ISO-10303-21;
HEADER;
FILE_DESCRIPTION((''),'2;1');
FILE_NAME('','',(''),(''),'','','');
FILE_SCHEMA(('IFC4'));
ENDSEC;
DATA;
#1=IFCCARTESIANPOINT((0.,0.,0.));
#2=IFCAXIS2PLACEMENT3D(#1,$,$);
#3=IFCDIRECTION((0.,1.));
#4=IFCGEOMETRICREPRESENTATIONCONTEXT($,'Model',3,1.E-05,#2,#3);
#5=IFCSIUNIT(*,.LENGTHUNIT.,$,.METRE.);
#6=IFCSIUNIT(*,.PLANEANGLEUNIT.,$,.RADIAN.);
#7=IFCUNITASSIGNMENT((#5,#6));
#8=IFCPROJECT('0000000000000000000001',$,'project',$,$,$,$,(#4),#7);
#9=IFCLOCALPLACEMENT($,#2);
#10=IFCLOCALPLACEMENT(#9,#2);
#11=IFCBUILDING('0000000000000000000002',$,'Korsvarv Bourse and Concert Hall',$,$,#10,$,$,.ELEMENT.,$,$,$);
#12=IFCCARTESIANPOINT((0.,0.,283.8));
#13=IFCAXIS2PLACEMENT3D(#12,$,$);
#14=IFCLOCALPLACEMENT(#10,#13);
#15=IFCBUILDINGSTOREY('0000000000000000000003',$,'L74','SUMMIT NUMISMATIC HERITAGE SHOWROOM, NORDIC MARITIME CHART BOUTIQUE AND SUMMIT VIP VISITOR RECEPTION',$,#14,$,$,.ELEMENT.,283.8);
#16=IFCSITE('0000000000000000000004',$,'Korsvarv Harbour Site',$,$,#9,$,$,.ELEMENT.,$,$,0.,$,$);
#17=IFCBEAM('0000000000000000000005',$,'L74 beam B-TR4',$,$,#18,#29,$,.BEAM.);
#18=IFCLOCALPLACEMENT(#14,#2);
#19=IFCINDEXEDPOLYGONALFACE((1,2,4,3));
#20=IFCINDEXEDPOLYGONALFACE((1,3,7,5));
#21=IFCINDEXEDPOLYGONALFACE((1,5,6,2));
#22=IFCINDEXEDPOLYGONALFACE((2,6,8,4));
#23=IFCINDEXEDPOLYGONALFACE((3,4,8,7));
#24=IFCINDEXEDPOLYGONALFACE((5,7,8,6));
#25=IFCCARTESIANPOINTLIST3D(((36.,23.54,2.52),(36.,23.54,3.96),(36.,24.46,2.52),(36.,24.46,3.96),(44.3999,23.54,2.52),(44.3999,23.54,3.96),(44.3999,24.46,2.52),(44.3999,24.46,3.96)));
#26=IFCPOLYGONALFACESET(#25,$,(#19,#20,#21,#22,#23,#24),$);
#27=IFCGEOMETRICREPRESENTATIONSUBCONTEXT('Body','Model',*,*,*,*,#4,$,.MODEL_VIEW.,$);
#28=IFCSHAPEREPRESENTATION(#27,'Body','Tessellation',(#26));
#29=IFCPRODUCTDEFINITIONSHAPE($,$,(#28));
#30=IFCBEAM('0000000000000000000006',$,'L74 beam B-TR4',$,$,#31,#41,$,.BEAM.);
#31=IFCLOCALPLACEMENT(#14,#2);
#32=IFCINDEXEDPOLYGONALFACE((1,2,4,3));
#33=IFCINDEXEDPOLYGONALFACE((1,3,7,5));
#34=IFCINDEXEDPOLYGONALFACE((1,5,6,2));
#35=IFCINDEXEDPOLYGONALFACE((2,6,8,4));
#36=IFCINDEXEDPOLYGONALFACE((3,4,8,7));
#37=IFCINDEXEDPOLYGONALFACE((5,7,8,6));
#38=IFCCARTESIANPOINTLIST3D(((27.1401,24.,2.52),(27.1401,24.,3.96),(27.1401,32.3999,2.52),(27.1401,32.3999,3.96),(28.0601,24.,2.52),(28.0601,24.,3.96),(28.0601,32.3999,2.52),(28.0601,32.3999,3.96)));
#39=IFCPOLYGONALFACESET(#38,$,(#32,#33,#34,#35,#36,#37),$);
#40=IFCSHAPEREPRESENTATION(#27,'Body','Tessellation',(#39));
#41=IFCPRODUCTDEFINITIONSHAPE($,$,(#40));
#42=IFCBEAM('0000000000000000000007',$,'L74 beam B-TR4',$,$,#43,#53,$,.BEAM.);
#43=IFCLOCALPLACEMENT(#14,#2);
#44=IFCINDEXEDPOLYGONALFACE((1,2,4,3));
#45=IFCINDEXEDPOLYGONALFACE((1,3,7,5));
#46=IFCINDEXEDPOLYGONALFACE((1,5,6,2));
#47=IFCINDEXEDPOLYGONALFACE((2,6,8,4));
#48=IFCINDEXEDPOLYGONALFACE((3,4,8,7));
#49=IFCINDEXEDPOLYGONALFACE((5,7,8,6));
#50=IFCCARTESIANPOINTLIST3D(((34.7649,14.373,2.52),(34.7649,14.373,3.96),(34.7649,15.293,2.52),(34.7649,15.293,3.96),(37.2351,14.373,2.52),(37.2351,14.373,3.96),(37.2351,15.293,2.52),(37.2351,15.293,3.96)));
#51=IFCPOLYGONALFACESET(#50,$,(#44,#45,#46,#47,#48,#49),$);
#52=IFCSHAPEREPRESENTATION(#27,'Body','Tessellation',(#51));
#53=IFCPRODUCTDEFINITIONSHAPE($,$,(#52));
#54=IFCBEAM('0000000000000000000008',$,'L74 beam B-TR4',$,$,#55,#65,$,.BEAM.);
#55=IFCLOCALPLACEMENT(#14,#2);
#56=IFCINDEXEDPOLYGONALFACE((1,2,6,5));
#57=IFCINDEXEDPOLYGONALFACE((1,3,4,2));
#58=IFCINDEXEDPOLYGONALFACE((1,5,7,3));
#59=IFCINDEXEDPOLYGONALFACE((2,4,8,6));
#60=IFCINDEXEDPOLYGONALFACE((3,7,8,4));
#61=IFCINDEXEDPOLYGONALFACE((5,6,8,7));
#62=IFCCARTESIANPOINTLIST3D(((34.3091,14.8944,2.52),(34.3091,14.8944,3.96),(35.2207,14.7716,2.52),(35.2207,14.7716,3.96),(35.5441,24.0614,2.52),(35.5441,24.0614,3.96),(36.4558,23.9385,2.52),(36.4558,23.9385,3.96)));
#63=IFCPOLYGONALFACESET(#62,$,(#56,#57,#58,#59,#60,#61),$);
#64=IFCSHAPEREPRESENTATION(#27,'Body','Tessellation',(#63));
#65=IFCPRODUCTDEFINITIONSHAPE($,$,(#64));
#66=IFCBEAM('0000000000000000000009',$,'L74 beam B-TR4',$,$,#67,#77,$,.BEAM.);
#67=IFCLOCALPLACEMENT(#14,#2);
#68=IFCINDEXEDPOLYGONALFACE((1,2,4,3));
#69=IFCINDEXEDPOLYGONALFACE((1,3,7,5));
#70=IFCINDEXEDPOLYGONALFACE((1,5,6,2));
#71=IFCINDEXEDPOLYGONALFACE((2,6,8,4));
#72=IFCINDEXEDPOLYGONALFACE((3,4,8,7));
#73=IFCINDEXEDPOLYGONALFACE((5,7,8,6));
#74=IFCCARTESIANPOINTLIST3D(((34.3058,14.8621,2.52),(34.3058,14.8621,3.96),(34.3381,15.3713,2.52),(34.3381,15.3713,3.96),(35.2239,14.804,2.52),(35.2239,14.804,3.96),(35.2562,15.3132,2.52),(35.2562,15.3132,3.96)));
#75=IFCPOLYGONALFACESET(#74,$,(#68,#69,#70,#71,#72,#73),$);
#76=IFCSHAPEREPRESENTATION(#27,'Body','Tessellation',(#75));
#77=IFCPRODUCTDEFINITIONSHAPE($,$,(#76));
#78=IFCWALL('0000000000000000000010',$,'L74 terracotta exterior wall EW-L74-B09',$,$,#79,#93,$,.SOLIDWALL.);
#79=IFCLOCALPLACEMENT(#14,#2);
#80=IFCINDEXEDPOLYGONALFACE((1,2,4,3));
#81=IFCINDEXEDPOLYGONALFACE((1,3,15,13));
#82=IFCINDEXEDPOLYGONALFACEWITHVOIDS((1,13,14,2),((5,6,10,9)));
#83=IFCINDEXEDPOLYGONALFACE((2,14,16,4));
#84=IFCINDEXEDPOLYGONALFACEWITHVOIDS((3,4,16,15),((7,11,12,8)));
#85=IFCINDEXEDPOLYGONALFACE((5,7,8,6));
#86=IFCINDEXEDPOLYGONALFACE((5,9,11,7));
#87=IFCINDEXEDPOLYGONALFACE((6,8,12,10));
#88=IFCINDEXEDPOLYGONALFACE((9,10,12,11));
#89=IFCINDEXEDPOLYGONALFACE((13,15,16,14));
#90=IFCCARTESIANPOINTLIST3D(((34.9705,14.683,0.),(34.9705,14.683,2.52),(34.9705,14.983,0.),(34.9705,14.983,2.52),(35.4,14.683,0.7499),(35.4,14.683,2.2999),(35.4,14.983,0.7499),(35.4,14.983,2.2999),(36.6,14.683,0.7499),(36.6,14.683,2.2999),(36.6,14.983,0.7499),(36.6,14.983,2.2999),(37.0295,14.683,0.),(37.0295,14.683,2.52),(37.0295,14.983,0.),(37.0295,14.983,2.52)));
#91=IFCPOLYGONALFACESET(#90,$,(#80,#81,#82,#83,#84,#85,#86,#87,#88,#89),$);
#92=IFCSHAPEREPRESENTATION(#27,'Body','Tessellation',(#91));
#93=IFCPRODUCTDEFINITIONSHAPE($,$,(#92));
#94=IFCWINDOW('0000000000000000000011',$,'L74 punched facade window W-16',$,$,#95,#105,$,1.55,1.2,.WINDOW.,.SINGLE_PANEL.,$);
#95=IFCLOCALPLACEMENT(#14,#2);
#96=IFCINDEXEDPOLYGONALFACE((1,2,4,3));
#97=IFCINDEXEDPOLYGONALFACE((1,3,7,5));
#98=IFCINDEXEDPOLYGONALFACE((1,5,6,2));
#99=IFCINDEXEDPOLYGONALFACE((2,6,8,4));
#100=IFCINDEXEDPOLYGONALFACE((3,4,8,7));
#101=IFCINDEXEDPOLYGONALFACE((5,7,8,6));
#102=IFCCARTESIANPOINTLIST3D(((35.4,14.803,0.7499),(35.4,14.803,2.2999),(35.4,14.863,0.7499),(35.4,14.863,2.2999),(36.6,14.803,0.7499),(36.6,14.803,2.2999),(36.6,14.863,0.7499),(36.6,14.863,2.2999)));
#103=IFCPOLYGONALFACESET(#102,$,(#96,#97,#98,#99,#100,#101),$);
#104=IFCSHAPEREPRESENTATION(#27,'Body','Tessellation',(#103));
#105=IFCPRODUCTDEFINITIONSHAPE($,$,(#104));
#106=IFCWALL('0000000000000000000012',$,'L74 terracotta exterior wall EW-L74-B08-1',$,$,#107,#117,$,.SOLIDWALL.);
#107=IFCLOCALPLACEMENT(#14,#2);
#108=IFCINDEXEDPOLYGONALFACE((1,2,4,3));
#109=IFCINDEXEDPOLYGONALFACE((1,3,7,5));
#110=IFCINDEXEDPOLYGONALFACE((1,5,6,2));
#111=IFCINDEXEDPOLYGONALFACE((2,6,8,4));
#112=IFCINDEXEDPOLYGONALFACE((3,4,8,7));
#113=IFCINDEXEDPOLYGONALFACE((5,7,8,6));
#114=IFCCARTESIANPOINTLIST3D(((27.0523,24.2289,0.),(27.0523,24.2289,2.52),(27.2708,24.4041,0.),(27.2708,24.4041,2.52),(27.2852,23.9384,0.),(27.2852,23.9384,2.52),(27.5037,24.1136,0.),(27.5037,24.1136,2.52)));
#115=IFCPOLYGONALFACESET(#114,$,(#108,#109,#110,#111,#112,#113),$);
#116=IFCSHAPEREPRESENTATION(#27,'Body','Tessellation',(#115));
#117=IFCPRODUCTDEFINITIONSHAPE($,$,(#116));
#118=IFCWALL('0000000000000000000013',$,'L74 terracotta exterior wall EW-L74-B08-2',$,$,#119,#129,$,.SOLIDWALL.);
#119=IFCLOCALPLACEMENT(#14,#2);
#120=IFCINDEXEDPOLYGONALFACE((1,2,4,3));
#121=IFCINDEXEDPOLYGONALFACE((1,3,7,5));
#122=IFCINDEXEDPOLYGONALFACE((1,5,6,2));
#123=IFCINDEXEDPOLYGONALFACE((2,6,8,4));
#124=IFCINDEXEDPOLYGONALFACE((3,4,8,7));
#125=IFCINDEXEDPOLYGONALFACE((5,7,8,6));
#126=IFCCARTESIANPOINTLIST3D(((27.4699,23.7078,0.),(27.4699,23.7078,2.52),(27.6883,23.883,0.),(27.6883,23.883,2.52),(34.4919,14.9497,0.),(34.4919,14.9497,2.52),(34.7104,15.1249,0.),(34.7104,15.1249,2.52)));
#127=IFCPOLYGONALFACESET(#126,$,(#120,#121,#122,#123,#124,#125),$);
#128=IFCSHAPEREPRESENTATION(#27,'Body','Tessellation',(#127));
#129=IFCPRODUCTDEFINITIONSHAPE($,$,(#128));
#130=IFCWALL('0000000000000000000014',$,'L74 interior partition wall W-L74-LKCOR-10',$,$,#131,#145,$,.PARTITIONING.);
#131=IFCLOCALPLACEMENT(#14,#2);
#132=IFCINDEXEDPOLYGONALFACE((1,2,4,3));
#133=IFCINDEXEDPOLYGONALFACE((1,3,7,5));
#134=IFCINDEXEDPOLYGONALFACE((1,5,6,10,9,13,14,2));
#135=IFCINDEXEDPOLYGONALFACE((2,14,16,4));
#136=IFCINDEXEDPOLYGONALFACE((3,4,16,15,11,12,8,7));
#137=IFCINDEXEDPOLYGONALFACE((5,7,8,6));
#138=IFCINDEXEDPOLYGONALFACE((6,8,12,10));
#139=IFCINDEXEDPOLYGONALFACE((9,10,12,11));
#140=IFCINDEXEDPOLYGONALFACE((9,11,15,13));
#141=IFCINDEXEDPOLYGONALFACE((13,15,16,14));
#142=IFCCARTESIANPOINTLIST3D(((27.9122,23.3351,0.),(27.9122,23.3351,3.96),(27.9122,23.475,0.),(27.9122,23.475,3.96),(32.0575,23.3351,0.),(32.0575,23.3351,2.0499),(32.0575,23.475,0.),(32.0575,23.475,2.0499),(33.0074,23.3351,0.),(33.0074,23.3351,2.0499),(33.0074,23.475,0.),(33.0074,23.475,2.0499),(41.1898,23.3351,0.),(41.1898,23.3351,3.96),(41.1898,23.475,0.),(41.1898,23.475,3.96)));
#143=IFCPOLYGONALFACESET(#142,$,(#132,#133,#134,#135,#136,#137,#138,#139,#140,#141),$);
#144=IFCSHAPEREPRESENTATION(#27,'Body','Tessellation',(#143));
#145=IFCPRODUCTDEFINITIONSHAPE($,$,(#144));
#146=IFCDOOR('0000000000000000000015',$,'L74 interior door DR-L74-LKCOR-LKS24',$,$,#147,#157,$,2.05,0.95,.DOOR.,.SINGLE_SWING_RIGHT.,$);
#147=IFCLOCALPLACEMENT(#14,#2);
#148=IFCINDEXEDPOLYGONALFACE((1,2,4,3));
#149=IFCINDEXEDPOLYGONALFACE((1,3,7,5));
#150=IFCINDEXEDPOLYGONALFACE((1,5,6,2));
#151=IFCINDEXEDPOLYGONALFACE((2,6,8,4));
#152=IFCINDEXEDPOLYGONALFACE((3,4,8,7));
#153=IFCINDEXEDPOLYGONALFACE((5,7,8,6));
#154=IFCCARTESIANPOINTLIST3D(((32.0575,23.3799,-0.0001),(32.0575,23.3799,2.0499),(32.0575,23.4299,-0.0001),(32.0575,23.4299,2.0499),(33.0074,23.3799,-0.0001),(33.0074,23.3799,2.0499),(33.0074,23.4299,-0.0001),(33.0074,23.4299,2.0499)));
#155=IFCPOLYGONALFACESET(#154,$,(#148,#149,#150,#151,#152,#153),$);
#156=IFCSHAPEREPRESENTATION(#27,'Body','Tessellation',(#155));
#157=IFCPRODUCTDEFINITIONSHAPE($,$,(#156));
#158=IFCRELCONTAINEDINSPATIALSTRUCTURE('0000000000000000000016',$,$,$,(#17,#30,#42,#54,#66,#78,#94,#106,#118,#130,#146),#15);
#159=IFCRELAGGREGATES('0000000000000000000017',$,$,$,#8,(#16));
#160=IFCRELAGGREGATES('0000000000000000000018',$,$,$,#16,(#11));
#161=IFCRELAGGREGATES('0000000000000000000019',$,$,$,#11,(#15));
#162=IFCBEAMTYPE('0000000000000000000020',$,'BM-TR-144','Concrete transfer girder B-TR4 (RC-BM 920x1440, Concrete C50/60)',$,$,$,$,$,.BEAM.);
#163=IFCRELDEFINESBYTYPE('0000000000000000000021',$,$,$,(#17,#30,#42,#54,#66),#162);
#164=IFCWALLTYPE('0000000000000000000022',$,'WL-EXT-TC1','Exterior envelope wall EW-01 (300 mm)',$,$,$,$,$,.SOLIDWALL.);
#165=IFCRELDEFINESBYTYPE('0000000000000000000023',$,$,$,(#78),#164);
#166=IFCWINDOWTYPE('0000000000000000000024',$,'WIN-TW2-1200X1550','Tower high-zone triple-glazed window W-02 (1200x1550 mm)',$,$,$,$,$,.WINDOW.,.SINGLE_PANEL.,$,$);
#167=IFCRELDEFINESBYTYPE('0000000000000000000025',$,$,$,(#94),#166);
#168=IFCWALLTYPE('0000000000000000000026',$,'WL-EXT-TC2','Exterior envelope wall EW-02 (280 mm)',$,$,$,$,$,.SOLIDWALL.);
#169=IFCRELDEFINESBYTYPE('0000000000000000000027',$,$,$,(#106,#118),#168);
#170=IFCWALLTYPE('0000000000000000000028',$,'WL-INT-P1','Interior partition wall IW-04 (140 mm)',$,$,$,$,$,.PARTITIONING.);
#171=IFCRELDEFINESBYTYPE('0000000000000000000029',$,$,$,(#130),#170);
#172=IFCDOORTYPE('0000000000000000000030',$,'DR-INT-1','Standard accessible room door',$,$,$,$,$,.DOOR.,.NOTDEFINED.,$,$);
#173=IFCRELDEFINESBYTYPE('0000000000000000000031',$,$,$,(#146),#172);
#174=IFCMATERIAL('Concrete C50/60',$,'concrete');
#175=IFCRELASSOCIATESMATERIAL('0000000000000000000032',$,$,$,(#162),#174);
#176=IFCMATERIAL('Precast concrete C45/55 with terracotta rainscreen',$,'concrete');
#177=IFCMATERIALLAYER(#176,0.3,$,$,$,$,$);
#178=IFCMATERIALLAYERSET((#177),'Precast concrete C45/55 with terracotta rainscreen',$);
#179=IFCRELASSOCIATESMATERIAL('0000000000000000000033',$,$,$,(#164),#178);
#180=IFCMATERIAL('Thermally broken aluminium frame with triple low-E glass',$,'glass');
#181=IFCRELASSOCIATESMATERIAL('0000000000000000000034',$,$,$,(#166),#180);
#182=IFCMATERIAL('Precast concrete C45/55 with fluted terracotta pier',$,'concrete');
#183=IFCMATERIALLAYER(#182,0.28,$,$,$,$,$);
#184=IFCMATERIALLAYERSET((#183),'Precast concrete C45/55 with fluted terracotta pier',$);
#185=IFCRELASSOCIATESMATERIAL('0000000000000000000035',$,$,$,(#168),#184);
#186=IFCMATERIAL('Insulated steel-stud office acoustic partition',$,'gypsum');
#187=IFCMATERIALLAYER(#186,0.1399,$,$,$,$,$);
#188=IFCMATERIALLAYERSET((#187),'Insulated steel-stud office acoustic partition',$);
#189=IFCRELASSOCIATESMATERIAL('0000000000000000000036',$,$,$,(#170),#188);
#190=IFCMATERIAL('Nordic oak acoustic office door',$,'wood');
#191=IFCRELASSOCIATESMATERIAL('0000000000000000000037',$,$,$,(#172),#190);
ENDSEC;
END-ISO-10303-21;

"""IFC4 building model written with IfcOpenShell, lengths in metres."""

from ifc_helpers import new_model, si_unit, direction, frame, frame_2d, origin, origin_2d, place, context, subcontext, project, spatial, rectangle, extrude, source, transform, mapped, material, layer, layer_set, material_profile, profile_set, type_object, element, fill, save


model = new_model("IFC4")

# Units and contexts
model_context = context("Model", 3, precision=1e-05, world=origin(), true_north=direction((0.0, 1.0)))
body_context = subcontext(model_context, "Body", "Model", "MODEL_VIEW")
ifc_project = project(units=[si_unit("LENGTHUNIT", "METRE"), si_unit("PLANEANGLEUNIT", "RADIAN")], contexts=[model_context])

# Site, building, storey
site_placement = place(None, origin())
site = spatial("IfcSite", under=ifc_project, at=site_placement, Name="Korsvarv Harbour Site", CompositionType="ELEMENT", RefElevation=0.0)
building_placement = place(site_placement, origin())
building = spatial("IfcBuilding", under=site, at=building_placement, Name="Korsvarv Bourse and Concert Hall", CompositionType="ELEMENT")
storey_placement = place(building_placement, frame((0.0, 0.0, 283.8)))
storey = spatial("IfcBuildingStorey", under=building, at=storey_placement, Name="L74", Description="SUMMIT NUMISMATIC HERITAGE SHOWROOM, NORDIC MARITIME CHART BOUTIQUE AND SUMMIT VIP VISITOR RECEPTION", CompositionType="ELEMENT", Elevation=283.8)

# Beams
ifc_material_1 = material(Name="Concrete C50/60", Category="concrete")
ifc_material_profile_1 = material_profile(ifc_material_1, rectangle(XDim=0.9199, YDim=1.4399, at=origin_2d()), Name="RC-BM 920x1440")
ifc_profile_set_1 = profile_set([ifc_material_profile_1], Name="Concrete C50/60")
beam_type = type_object("IfcBeamType", Name="BM-TR-144", Description="Concrete transfer girder B-TR4 (RC-BM 920x1440, Concrete C50/60)", PredefinedType="BEAM", material=ifc_profile_set_1)
shared_shape_1 = source(origin(), body_context, "Body", "SweptSolid", [
    extrude(rectangle(XDim=0.9199, YDim=1.4399, at=origin_2d()), origin(), (0.0, 0.0, 1.0), 8.3999),
])
for number, where, z_axis, x_axis, name in (
    (1, (36.0, 24.0, 3.24), (1.0, 0.0, 0.0), (0.0, 1.0, 0.0), "L74 beam B-TR4"),
    (2, (27.6001, 24.0, 3.24), (0.0, 1.0, 0.0), (-1.0, 0.0, 0.0), "L74 beam B-TR4"),
):
    element("IfcBeam", number, at=place(storey_placement, frame(where, z_axis=z_axis, x_axis=x_axis)), inside=storey, type_object=beam_type, Name=name, PredefinedType="BEAM", context=body_context, shape_type="MappedRepresentation", body=[
        mapped(shared_shape_1, transform((0.0, 0.0, 0.0), scale=1.0)),
    ])
shared_shape_2 = source(origin(), body_context, "Body", "SweptSolid", [
    extrude(rectangle(XDim=0.9199, YDim=1.4399, at=origin_2d()), origin(), (0.0, 0.0, 1.0), 2.4702),
])
beam_1_placement = place(storey_placement, frame((34.7649, 14.833, 3.24), z_axis=(1.0, 0.0, 0.0), x_axis=(0.0, 1.0, 0.0)))
element("IfcBeam", 3, at=beam_1_placement, inside=storey, type_object=beam_type, Name="L74 beam B-TR4", PredefinedType="BEAM", context=body_context, shape_type="MappedRepresentation", body=[
    mapped(shared_shape_2, transform((0.0, 0.0, 0.0), scale=1.0)),
])
shared_shape_3 = source(origin(), body_context, "Body", "SweptSolid", [
    extrude(rectangle(XDim=0.9199, YDim=1.4399, at=origin_2d()), origin(), (0.0, 0.0, 1.0), 9.2498),
])
beam_2_placement = place(storey_placement, frame((34.7649, 14.833, 3.24), z_axis=(0.133528, 0.991045, 0.0), x_axis=(-0.991045, 0.133528, 0.0)))
element("IfcBeam", 4, at=beam_2_placement, inside=storey, type_object=beam_type, Name="L74 beam B-TR4", PredefinedType="BEAM", context=body_context, shape_type="MappedRepresentation", body=[
    mapped(shared_shape_3, transform((0.0, 0.0, 0.0), scale=1.0)),
])
shared_shape_4 = source(origin(), body_context, "Body", "SweptSolid", [
    extrude(rectangle(XDim=0.9199, YDim=1.4399, at=origin_2d()), origin(), (0.0, 0.0, 1.0), 0.5103),
])
beam_3_placement = place(storey_placement, frame((34.7649, 14.833, 3.24), z_axis=(0.063153, 0.998004, 0.0), x_axis=(-0.998004, 0.063153, 0.0)))
element("IfcBeam", 5, at=beam_3_placement, inside=storey, type_object=beam_type, Name="L74 beam B-TR4", PredefinedType="BEAM", context=body_context, shape_type="MappedRepresentation", body=[
    mapped(shared_shape_4, transform((0.0, 0.0, 0.0), scale=1.0)),
])

# Wall, opening, window
ifc_material_2 = material(Name="Precast concrete C45/55 with terracotta rainscreen", Category="concrete")
ifc_layer_1 = layer(ifc_material_2, 0.3)
ifc_layer_set_1 = layer_set([ifc_layer_1], Name="Precast concrete C45/55 with terracotta rainscreen")
wall_type_1 = type_object("IfcWallType", Name="WL-EXT-TC1", Description="Exterior envelope wall EW-01 (300 mm)", PredefinedType="SOLIDWALL", material=ifc_layer_set_1)
wall_1_placement = place(storey_placement, frame((34.9705, 14.833, 0.0), z_axis=(0.0, 0.0, 1.0), x_axis=(1.0, 0.0, 0.0)))
wall_1 = element("IfcWall", 6, at=wall_1_placement, inside=storey, type_object=wall_type_1, Name="L74 terracotta exterior wall EW-L74-B09", PredefinedType="SOLIDWALL", context=body_context, shape_type="SweptSolid", body=[
    extrude(rectangle(XDim=2.0591, YDim=0.3, at=frame_2d((1.0295, 0.0))), origin(), (0.0, 0.0, 1.0), 2.52),
])
opening_1_placement = place(wall_1_placement, frame((0.4294, 0.0, 0.75)))
opening_1 = element("IfcOpeningElement", 7, at=opening_1_placement, cuts=wall_1, PredefinedType="OPENING", context=body_context, shape_type="SweptSolid", body=[
    extrude(rectangle(XDim=1.2, YDim=1.55, at=frame_2d((0.6001, 0.7749))), frame((0.0, 0.1602, 0.0), z_axis=(0.0, -1.0, 0.0), x_axis=(1.0, 0.0, 0.0)), (0.0, 0.0, 1.0), 0.3201),
])
ifc_material_3 = material(Name="Thermally broken aluminium frame with triple low-E glass", Category="glass")
window_type = type_object("IfcWindowType", Name="WIN-TW2-1200X1550", Description="Tower high-zone triple-glazed window W-02 (1200x1550 mm)", PartitioningType="SINGLE_PANEL", PredefinedType="WINDOW", material=ifc_material_3)
window_placement = place(opening_1_placement, origin())
window = element("IfcWindow", 8, at=window_placement, inside=storey, type_object=window_type, Name="L74 punched facade window W-16", OverallHeight=1.55, OverallWidth=1.2, PartitioningType="SINGLE_PANEL", PredefinedType="WINDOW", context=body_context, shape_type="SweptSolid", body=[
    extrude(rectangle(XDim=1.2, YDim=1.55, at=frame_2d((0.6001, 0.7749))), frame((0.0, 0.03, 0.0), z_axis=(0.0, -1.0, 0.0), x_axis=(1.0, 0.0, 0.0)), (0.0, 0.0, 1.0), 0.0601),
])
fill(opening_1, window)

# Walls
ifc_material_4 = material(Name="Precast concrete C45/55 with fluted terracotta pier", Category="concrete")
ifc_layer_2 = layer(ifc_material_4, 0.28)
ifc_layer_set_2 = layer_set([ifc_layer_2], Name="Precast concrete C45/55 with fluted terracotta pier")
wall_type_2 = type_object("IfcWallType", Name="WL-EXT-TC2", Description="Exterior envelope wall EW-02 (280 mm)", PredefinedType="SOLIDWALL", material=ifc_layer_set_2)
wall_2_placement = place(storey_placement, frame((27.1616, 24.3164, 0.0), z_axis=(0.0, 0.0, 1.0), x_axis=(0.625494, -0.780229, 0.0)))
element("IfcWall", 9, at=wall_2_placement, inside=storey, type_object=wall_type_2, Name="L74 terracotta exterior wall EW-L74-B08-1", PredefinedType="SOLIDWALL", context=body_context, shape_type="SweptSolid", body=[
    extrude(rectangle(XDim=0.3723, YDim=0.28, at=frame_2d((0.186, 0.0))), origin(), (0.0, 0.0, 1.0), 2.52),
])
wall_3_placement = place(storey_placement, frame((27.5791, 23.7954, 0.0), z_axis=(0.0, 0.0, 1.0), x_axis=(0.625538, -0.780194, 0.0)))
element("IfcWall", 10, at=wall_3_placement, inside=storey, type_object=wall_type_2, Name="L74 terracotta exterior wall EW-L74-B08-2", PredefinedType="SOLIDWALL", context=body_context, shape_type="SweptSolid", body=[
    extrude(rectangle(XDim=11.2256, YDim=0.28, at=frame_2d((5.6128, 0.0))), origin(), (0.0, 0.0, 1.0), 2.52),
])

# Wall, opening, door
ifc_material_5 = material(Name="Insulated steel-stud office acoustic partition", Category="gypsum")
ifc_layer_3 = layer(ifc_material_5, 0.1399)
ifc_layer_set_3 = layer_set([ifc_layer_3], Name="Insulated steel-stud office acoustic partition")
wall_type_3 = type_object("IfcWallType", Name="WL-INT-P1", Description="Interior partition wall IW-04 (140 mm)", PredefinedType="PARTITIONING", material=ifc_layer_set_3)
wall_4_placement = place(storey_placement, frame((27.9124, 23.405, 0.0), z_axis=(0.0, 0.0, 1.0), x_axis=(1.0, 0.0, 0.0)))
wall_4 = element("IfcWall", 11, at=wall_4_placement, inside=storey, type_object=wall_type_3, Name="L74 interior partition wall W-L74-LKCOR-10", PredefinedType="PARTITIONING", context=body_context, shape_type="SweptSolid", body=[
    extrude(rectangle(XDim=13.2776, YDim=0.1399, at=frame_2d((6.6387, 0.0))), origin(), (0.0, 0.0, 1.0), 3.96),
])
opening_2_placement = place(wall_4_placement, frame((4.145, 0.0, 0.0)))
opening_2 = element("IfcOpeningElement", 12, at=opening_2_placement, cuts=wall_4, PredefinedType="OPENING", context=body_context, shape_type="SweptSolid", body=[
    extrude(rectangle(XDim=0.95, YDim=2.05, at=frame_2d((0.4751, 1.0249))), frame((0.0, 0.0801, 0.0), z_axis=(0.0, -1.0, 0.0), x_axis=(1.0, 0.0, 0.0)), (0.0, 0.0, 1.0), 0.1599),
])
ifc_material_6 = material(Name="Nordic oak acoustic office door", Category="wood")
door_type = type_object("IfcDoorType", Name="DR-INT-1", Description="Standard accessible room door", OperationType="NOTDEFINED", PredefinedType="DOOR", material=ifc_material_6)
door_placement = place(opening_2_placement, origin())
door = element("IfcDoor", 13, at=door_placement, inside=storey, type_object=door_type, Name="L74 interior door DR-L74-LKCOR-LKS24", OperationType="SINGLE_SWING_RIGHT", OverallHeight=2.05, OverallWidth=0.95, PredefinedType="DOOR", context=body_context, shape_type="SweptSolid", body=[
    extrude(rectangle(XDim=0.95, YDim=2.05, at=frame_2d((0.4751, 1.0249))), frame((0.0, 0.0249, 0.0), z_axis=(0.0, -1.0, 0.0), x_axis=(1.0, 0.0, 0.0)), (0.0, 0.0, 1.0), 0.05),
])
fill(opening_2, door)

save(model, "model.ifc")
